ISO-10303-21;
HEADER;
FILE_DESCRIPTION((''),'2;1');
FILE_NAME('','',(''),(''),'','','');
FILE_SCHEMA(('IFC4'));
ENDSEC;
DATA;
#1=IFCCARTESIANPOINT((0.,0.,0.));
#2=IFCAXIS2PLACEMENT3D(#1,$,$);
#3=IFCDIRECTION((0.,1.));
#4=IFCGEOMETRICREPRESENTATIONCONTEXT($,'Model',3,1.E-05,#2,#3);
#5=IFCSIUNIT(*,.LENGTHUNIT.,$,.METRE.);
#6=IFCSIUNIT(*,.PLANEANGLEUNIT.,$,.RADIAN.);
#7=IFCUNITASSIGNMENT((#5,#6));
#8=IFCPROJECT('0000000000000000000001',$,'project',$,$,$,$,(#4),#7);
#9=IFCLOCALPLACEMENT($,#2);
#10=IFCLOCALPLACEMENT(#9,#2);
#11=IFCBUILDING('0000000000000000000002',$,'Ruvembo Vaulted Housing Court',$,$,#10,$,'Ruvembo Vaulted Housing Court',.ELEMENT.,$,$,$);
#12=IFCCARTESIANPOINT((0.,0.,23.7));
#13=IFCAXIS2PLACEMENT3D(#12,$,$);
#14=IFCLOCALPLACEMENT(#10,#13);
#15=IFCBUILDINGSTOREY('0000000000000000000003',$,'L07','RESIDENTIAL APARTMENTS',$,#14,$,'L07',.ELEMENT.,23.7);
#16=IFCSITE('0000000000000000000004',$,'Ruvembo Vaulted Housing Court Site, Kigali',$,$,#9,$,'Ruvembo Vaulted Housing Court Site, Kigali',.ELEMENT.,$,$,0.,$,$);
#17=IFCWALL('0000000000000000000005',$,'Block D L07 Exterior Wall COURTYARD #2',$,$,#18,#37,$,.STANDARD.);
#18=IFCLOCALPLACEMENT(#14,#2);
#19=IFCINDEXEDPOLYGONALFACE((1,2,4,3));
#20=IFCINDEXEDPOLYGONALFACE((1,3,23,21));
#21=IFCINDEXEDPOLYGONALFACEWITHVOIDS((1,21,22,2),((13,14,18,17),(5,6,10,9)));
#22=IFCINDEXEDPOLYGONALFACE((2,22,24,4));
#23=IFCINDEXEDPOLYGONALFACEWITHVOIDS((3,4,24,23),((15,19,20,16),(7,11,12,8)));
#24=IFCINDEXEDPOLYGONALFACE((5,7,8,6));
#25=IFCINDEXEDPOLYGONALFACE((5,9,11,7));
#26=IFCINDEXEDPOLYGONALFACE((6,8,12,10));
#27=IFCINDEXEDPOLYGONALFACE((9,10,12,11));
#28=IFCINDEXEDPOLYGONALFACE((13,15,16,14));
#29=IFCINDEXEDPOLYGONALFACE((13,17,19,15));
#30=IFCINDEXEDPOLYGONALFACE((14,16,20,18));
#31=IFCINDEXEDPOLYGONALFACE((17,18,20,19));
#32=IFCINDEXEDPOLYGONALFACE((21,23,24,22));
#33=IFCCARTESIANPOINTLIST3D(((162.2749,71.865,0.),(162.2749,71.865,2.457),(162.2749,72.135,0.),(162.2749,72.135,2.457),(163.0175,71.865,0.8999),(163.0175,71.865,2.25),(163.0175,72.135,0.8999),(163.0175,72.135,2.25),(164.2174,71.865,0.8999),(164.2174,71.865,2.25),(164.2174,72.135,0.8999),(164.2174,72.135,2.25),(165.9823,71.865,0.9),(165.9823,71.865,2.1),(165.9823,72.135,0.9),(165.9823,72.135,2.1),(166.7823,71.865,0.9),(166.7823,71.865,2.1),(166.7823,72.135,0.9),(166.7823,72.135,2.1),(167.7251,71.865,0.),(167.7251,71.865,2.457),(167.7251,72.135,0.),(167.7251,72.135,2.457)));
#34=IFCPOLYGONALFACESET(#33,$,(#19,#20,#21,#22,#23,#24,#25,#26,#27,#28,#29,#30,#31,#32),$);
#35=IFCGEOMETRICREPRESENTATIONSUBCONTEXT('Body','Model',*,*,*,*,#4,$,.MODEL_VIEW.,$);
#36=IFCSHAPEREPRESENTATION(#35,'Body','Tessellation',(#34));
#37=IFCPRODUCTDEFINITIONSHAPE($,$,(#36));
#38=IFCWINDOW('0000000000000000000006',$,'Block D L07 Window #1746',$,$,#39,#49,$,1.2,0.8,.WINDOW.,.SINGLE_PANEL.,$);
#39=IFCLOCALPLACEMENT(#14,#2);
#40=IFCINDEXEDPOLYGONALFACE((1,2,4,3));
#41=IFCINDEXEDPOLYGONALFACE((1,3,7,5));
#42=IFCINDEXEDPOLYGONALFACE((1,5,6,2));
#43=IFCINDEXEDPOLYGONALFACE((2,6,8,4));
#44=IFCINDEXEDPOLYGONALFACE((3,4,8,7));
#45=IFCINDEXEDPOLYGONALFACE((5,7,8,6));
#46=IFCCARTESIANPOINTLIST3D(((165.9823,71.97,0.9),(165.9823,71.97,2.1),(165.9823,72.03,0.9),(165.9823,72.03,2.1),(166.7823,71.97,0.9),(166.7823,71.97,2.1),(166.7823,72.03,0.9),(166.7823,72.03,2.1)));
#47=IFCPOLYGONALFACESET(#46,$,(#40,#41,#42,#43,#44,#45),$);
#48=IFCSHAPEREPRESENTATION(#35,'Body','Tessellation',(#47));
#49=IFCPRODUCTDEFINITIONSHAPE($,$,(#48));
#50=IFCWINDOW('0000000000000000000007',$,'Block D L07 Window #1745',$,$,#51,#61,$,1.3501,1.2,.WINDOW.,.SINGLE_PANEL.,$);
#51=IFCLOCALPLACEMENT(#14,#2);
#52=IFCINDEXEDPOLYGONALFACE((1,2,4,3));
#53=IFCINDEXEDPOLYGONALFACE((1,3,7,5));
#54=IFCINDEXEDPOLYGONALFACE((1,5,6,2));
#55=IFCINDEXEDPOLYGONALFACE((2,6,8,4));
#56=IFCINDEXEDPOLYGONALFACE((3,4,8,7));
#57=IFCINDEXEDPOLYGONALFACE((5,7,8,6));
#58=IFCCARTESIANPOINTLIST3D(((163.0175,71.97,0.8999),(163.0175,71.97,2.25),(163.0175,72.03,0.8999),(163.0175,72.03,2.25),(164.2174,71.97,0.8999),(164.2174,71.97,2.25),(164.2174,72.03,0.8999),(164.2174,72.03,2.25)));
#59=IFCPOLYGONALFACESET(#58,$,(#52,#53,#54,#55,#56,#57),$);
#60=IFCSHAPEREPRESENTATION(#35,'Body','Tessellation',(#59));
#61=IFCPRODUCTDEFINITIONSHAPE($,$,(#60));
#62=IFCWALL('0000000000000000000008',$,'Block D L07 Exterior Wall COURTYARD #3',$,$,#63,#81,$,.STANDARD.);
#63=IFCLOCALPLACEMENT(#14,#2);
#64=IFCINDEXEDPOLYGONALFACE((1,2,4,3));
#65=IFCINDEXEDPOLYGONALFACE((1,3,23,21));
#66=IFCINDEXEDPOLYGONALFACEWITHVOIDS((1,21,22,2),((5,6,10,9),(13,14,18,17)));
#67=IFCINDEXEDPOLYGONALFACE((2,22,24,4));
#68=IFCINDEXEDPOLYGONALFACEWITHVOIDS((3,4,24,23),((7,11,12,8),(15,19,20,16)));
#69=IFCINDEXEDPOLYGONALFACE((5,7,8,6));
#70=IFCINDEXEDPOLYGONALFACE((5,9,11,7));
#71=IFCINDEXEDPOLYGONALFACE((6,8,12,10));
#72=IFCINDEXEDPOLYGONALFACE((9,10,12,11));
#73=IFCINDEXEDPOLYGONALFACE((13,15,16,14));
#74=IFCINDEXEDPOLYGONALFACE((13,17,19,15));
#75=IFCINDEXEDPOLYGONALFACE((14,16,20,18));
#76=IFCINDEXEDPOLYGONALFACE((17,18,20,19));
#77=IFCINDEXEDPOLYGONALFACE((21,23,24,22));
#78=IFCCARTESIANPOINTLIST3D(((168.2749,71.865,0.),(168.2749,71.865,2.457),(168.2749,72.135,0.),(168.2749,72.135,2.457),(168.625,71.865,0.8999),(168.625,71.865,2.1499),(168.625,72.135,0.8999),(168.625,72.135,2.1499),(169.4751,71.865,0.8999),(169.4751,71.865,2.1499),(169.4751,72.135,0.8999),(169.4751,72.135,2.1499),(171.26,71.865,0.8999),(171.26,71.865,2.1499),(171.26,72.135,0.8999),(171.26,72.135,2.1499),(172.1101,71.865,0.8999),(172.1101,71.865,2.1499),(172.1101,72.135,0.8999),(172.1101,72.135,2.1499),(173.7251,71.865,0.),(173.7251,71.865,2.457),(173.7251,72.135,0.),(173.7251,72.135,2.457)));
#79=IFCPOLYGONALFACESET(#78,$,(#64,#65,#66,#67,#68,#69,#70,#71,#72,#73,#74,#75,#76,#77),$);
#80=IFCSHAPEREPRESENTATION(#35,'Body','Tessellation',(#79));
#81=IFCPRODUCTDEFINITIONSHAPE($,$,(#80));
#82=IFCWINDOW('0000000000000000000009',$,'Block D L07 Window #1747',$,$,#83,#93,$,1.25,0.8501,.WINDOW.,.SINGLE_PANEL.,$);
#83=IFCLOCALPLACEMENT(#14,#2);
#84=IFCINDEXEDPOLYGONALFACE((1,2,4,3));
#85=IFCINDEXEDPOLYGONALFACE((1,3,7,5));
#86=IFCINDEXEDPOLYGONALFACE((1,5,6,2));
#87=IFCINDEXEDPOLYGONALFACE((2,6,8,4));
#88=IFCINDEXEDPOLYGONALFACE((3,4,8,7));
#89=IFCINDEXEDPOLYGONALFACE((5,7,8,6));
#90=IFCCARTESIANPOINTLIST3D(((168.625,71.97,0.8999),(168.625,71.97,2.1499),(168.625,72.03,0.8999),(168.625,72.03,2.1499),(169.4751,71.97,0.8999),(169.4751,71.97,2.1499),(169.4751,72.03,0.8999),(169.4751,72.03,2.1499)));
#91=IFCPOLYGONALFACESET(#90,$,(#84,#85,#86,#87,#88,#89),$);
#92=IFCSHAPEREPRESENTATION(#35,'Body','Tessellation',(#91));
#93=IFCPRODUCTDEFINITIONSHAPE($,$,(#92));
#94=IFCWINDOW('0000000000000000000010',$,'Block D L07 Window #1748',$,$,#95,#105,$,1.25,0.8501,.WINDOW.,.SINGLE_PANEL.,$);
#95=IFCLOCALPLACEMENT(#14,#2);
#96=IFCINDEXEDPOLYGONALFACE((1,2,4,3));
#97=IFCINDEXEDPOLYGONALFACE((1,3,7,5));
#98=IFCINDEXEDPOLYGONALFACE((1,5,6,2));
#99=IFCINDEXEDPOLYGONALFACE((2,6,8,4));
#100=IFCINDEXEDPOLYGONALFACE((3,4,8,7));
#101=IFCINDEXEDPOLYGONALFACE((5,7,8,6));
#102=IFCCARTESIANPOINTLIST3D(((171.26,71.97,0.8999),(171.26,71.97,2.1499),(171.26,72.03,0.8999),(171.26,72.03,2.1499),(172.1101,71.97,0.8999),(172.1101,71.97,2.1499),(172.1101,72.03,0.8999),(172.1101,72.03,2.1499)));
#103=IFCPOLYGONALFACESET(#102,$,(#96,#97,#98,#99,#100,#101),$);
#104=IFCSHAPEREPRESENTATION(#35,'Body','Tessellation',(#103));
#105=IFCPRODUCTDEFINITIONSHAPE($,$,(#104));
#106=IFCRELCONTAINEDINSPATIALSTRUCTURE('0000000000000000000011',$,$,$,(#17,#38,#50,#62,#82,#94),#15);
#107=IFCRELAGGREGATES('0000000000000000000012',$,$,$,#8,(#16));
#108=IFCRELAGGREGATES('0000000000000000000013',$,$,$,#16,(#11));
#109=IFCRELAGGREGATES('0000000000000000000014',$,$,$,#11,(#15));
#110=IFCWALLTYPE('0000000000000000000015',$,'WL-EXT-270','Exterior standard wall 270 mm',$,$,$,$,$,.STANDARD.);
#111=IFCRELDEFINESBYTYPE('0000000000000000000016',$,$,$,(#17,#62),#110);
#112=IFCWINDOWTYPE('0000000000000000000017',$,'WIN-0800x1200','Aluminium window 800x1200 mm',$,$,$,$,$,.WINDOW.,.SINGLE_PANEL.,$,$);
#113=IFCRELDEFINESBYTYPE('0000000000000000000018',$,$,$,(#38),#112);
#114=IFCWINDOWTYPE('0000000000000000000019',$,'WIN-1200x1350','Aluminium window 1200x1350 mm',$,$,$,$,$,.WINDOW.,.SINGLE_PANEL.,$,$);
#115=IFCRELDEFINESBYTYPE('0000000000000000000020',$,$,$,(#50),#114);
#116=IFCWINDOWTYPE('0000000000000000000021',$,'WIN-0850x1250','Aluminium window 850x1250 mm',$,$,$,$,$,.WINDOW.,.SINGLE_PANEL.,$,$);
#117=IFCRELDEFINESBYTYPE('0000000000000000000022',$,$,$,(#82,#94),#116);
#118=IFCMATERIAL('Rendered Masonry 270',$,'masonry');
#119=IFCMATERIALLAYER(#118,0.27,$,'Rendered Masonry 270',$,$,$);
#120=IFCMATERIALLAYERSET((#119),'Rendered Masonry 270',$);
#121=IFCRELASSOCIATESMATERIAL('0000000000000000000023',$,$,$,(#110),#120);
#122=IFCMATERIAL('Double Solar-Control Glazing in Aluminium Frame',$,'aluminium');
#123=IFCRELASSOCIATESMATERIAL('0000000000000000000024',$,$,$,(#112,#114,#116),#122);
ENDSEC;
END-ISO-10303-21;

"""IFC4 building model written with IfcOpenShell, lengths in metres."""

from ifc_helpers import new_model, si_unit, direction, frame, frame_2d, origin, place, context, subcontext, project, spatial, rectangle, extrude, material, layer, layer_set, type_object, element, fill, save


model = new_model("IFC4")

# Units and contexts
model_context = context("Model", 3, precision=1e-05, world=origin(), true_north=direction((0.0, 1.0)))
body_context = subcontext(model_context, "Body", "Model", "MODEL_VIEW")
ifc_project = project(units=[si_unit("LENGTHUNIT", "METRE"), si_unit("PLANEANGLEUNIT", "RADIAN")], contexts=[model_context])

# Site, building, storey
site_placement = place(None, origin())
site = spatial("IfcSite", under=ifc_project, at=site_placement, Name="Ruvembo Vaulted Housing Court Site, Kigali", LongName="Ruvembo Vaulted Housing Court Site, Kigali", CompositionType="ELEMENT", RefElevation=0.0)
building_placement = place(site_placement, origin())
building = spatial("IfcBuilding", under=site, at=building_placement, Name="Ruvembo Vaulted Housing Court", LongName="Ruvembo Vaulted Housing Court", CompositionType="ELEMENT")
storey_placement = place(building_placement, frame((0.0, 0.0, 23.7)))
storey = spatial("IfcBuildingStorey", under=building, at=storey_placement, Name="L07", Description="RESIDENTIAL APARTMENTS", LongName="L07", CompositionType="ELEMENT", Elevation=23.7)

# Walls, openings, windows
ifc_material_1 = material(Name="Rendered Masonry 270", Category="masonry")
ifc_layer = layer(ifc_material_1, 0.27, Name="Rendered Masonry 270")
ifc_layer_set = layer_set([ifc_layer], Name="Rendered Masonry 270")
wall_type = type_object("IfcWallType", Name="WL-EXT-270", Description="Exterior standard wall 270 mm", PredefinedType="STANDARD", material=ifc_layer_set)
ifc_material_2 = material(Name="Double Solar-Control Glazing in Aluminium Frame", Category="aluminium")
wall_1_placement = place(storey_placement, frame((162.2749, 72.0, 0.0), z_axis=(0.0, 0.0, 1.0), x_axis=(1.0, 0.0, 0.0)))
wall_1 = element("IfcWall", 1, at=wall_1_placement, inside=storey, type_object=wall_type, Name="Block D L07 Exterior Wall COURTYARD #2", PredefinedType="STANDARD", context=body_context, shape_type="SweptSolid", body=[
    extrude(rectangle(XDim=5.4502, YDim=0.27, at=frame_2d((2.7251, 0.0))), origin(), (0.0, 0.0, 1.0), 2.457),
])
opening_1_placement = place(wall_1_placement, frame((0.7424, 0.0, 0.8999)))
opening_1 = element("IfcOpeningElement", 2, at=opening_1_placement, cuts=wall_1, PredefinedType="OPENING", context=body_context, shape_type="SweptSolid", body=[
    extrude(rectangle(XDim=1.2, YDim=1.3501, at=frame_2d((0.6001, 0.675))), frame((0.0, 0.145, 0.0), z_axis=(0.0, -1.0, 0.0), x_axis=(1.0, 0.0, 0.0)), (0.0, 0.0, 1.0), 0.29),
])
opening_2_placement = place(wall_1_placement, frame((3.7075, 0.0, 0.8999)))
opening_2 = element("IfcOpeningElement", 3, at=opening_2_placement, cuts=wall_1, PredefinedType="OPENING", context=body_context, shape_type="SweptSolid", body=[
    extrude(rectangle(XDim=0.8, YDim=1.2, at=frame_2d((0.3999, 0.6001))), frame((0.0, 0.145, 0.0), z_axis=(0.0, -1.0, 0.0), x_axis=(1.0, 0.0, 0.0)), (0.0, 0.0, 1.0), 0.29),
])
window_type_1 = type_object("IfcWindowType", Name="WIN-0800x1200", Description="Aluminium window 800x1200 mm", PartitioningType="SINGLE_PANEL", PredefinedType="WINDOW", material=ifc_material_2)
window_1_placement = place(opening_2_placement, origin())
window_1 = element("IfcWindow", 4, at=window_1_placement, inside=storey, type_object=window_type_1, Name="Block D L07 Window #1746", OverallHeight=1.2, OverallWidth=0.8, PartitioningType="SINGLE_PANEL", PredefinedType="WINDOW", context=body_context, shape_type="SweptSolid", body=[
    extrude(rectangle(XDim=0.8, YDim=1.2, at=frame_2d((0.3999, 0.6001))), frame((0.0, 0.03, 0.0), z_axis=(0.0, -1.0, 0.0), x_axis=(1.0, 0.0, 0.0)), (0.0, 0.0, 1.0), 0.0601),
])
fill(opening_2, window_1)
window_type_2 = type_object("IfcWindowType", Name="WIN-1200x1350", Description="Aluminium window 1200x1350 mm", PartitioningType="SINGLE_PANEL", PredefinedType="WINDOW", material=ifc_material_2)
window_2_placement = place(opening_1_placement, origin())
window_2 = element("IfcWindow", 5, at=window_2_placement, inside=storey, type_object=window_type_2, Name="Block D L07 Window #1745", OverallHeight=1.3501, OverallWidth=1.2, PartitioningType="SINGLE_PANEL", PredefinedType="WINDOW", context=body_context, shape_type="SweptSolid", body=[
    extrude(rectangle(XDim=1.2, YDim=1.3501, at=frame_2d((0.6001, 0.675))), frame((0.0, 0.03, 0.0), z_axis=(0.0, -1.0, 0.0), x_axis=(1.0, 0.0, 0.0)), (0.0, 0.0, 1.0), 0.0601),
])
fill(opening_1, window_2)
wall_2_placement = place(storey_placement, frame((168.2749, 72.0, 0.0), z_axis=(0.0, 0.0, 1.0), x_axis=(1.0, 0.0, 0.0)))
wall_2 = element("IfcWall", 6, at=wall_2_placement, inside=storey, type_object=wall_type, Name="Block D L07 Exterior Wall COURTYARD #3", PredefinedType="STANDARD", context=body_context, shape_type="SweptSolid", body=[
    extrude(rectangle(XDim=5.4502, YDim=0.27, at=frame_2d((2.7251, 0.0))), origin(), (0.0, 0.0, 1.0), 2.457),
])
opening_3_placement = place(wall_2_placement, frame((0.3501, 0.0, 0.8999)))
opening_3 = element("IfcOpeningElement", 7, at=opening_3_placement, cuts=wall_2, PredefinedType="OPENING", context=body_context, shape_type="SweptSolid", body=[
    extrude(rectangle(XDim=0.8501, YDim=1.25, at=frame_2d((0.425, 0.625))), frame((0.0, 0.145, 0.0), z_axis=(0.0, -1.0, 0.0), x_axis=(1.0, 0.0, 0.0)), (0.0, 0.0, 1.0), 0.29),
])
opening_4_placement = place(wall_2_placement, frame((2.9851, 0.0, 0.8999)))
opening_4 = element("IfcOpeningElement", 8, at=opening_4_placement, cuts=wall_2, PredefinedType="OPENING", context=body_context, shape_type="SweptSolid", body=[
    extrude(rectangle(XDim=0.8501, YDim=1.25, at=frame_2d((0.425, 0.625))), frame((0.0, 0.145, 0.0), z_axis=(0.0, -1.0, 0.0), x_axis=(1.0, 0.0, 0.0)), (0.0, 0.0, 1.0), 0.29),
])
window_type_3 = type_object("IfcWindowType", Name="WIN-0850x1250", Description="Aluminium window 850x1250 mm", PartitioningType="SINGLE_PANEL", PredefinedType="WINDOW", material=ifc_material_2)
window_3_placement = place(opening_3_placement, origin())
window_3 = element("IfcWindow", 9, at=window_3_placement, inside=storey, type_object=window_type_3, Name="Block D L07 Window #1747", OverallHeight=1.25, OverallWidth=0.8501, PartitioningType="SINGLE_PANEL", PredefinedType="WINDOW", context=body_context, shape_type="SweptSolid", body=[
    extrude(rectangle(XDim=0.8501, YDim=1.25, at=frame_2d((0.425, 0.625))), frame((0.0, 0.03, 0.0), z_axis=(0.0, -1.0, 0.0), x_axis=(1.0, 0.0, 0.0)), (0.0, 0.0, 1.0), 0.0601),
])
fill(opening_3, window_3)
window_4_placement = place(opening_4_placement, origin())
window_4 = element("IfcWindow", 10, at=window_4_placement, inside=storey, type_object=window_type_3, Name="Block D L07 Window #1748", OverallHeight=1.25, OverallWidth=0.8501, PartitioningType="SINGLE_PANEL", PredefinedType="WINDOW", context=body_context, shape_type="SweptSolid", body=[
    extrude(rectangle(XDim=0.8501, YDim=1.25, at=frame_2d((0.425, 0.625))), frame((0.0, 0.03, 0.0), z_axis=(0.0, -1.0, 0.0), x_axis=(1.0, 0.0, 0.0)), (0.0, 0.0, 1.0), 0.0601),
])
fill(opening_4, window_4)

save(model, "model.ifc")
